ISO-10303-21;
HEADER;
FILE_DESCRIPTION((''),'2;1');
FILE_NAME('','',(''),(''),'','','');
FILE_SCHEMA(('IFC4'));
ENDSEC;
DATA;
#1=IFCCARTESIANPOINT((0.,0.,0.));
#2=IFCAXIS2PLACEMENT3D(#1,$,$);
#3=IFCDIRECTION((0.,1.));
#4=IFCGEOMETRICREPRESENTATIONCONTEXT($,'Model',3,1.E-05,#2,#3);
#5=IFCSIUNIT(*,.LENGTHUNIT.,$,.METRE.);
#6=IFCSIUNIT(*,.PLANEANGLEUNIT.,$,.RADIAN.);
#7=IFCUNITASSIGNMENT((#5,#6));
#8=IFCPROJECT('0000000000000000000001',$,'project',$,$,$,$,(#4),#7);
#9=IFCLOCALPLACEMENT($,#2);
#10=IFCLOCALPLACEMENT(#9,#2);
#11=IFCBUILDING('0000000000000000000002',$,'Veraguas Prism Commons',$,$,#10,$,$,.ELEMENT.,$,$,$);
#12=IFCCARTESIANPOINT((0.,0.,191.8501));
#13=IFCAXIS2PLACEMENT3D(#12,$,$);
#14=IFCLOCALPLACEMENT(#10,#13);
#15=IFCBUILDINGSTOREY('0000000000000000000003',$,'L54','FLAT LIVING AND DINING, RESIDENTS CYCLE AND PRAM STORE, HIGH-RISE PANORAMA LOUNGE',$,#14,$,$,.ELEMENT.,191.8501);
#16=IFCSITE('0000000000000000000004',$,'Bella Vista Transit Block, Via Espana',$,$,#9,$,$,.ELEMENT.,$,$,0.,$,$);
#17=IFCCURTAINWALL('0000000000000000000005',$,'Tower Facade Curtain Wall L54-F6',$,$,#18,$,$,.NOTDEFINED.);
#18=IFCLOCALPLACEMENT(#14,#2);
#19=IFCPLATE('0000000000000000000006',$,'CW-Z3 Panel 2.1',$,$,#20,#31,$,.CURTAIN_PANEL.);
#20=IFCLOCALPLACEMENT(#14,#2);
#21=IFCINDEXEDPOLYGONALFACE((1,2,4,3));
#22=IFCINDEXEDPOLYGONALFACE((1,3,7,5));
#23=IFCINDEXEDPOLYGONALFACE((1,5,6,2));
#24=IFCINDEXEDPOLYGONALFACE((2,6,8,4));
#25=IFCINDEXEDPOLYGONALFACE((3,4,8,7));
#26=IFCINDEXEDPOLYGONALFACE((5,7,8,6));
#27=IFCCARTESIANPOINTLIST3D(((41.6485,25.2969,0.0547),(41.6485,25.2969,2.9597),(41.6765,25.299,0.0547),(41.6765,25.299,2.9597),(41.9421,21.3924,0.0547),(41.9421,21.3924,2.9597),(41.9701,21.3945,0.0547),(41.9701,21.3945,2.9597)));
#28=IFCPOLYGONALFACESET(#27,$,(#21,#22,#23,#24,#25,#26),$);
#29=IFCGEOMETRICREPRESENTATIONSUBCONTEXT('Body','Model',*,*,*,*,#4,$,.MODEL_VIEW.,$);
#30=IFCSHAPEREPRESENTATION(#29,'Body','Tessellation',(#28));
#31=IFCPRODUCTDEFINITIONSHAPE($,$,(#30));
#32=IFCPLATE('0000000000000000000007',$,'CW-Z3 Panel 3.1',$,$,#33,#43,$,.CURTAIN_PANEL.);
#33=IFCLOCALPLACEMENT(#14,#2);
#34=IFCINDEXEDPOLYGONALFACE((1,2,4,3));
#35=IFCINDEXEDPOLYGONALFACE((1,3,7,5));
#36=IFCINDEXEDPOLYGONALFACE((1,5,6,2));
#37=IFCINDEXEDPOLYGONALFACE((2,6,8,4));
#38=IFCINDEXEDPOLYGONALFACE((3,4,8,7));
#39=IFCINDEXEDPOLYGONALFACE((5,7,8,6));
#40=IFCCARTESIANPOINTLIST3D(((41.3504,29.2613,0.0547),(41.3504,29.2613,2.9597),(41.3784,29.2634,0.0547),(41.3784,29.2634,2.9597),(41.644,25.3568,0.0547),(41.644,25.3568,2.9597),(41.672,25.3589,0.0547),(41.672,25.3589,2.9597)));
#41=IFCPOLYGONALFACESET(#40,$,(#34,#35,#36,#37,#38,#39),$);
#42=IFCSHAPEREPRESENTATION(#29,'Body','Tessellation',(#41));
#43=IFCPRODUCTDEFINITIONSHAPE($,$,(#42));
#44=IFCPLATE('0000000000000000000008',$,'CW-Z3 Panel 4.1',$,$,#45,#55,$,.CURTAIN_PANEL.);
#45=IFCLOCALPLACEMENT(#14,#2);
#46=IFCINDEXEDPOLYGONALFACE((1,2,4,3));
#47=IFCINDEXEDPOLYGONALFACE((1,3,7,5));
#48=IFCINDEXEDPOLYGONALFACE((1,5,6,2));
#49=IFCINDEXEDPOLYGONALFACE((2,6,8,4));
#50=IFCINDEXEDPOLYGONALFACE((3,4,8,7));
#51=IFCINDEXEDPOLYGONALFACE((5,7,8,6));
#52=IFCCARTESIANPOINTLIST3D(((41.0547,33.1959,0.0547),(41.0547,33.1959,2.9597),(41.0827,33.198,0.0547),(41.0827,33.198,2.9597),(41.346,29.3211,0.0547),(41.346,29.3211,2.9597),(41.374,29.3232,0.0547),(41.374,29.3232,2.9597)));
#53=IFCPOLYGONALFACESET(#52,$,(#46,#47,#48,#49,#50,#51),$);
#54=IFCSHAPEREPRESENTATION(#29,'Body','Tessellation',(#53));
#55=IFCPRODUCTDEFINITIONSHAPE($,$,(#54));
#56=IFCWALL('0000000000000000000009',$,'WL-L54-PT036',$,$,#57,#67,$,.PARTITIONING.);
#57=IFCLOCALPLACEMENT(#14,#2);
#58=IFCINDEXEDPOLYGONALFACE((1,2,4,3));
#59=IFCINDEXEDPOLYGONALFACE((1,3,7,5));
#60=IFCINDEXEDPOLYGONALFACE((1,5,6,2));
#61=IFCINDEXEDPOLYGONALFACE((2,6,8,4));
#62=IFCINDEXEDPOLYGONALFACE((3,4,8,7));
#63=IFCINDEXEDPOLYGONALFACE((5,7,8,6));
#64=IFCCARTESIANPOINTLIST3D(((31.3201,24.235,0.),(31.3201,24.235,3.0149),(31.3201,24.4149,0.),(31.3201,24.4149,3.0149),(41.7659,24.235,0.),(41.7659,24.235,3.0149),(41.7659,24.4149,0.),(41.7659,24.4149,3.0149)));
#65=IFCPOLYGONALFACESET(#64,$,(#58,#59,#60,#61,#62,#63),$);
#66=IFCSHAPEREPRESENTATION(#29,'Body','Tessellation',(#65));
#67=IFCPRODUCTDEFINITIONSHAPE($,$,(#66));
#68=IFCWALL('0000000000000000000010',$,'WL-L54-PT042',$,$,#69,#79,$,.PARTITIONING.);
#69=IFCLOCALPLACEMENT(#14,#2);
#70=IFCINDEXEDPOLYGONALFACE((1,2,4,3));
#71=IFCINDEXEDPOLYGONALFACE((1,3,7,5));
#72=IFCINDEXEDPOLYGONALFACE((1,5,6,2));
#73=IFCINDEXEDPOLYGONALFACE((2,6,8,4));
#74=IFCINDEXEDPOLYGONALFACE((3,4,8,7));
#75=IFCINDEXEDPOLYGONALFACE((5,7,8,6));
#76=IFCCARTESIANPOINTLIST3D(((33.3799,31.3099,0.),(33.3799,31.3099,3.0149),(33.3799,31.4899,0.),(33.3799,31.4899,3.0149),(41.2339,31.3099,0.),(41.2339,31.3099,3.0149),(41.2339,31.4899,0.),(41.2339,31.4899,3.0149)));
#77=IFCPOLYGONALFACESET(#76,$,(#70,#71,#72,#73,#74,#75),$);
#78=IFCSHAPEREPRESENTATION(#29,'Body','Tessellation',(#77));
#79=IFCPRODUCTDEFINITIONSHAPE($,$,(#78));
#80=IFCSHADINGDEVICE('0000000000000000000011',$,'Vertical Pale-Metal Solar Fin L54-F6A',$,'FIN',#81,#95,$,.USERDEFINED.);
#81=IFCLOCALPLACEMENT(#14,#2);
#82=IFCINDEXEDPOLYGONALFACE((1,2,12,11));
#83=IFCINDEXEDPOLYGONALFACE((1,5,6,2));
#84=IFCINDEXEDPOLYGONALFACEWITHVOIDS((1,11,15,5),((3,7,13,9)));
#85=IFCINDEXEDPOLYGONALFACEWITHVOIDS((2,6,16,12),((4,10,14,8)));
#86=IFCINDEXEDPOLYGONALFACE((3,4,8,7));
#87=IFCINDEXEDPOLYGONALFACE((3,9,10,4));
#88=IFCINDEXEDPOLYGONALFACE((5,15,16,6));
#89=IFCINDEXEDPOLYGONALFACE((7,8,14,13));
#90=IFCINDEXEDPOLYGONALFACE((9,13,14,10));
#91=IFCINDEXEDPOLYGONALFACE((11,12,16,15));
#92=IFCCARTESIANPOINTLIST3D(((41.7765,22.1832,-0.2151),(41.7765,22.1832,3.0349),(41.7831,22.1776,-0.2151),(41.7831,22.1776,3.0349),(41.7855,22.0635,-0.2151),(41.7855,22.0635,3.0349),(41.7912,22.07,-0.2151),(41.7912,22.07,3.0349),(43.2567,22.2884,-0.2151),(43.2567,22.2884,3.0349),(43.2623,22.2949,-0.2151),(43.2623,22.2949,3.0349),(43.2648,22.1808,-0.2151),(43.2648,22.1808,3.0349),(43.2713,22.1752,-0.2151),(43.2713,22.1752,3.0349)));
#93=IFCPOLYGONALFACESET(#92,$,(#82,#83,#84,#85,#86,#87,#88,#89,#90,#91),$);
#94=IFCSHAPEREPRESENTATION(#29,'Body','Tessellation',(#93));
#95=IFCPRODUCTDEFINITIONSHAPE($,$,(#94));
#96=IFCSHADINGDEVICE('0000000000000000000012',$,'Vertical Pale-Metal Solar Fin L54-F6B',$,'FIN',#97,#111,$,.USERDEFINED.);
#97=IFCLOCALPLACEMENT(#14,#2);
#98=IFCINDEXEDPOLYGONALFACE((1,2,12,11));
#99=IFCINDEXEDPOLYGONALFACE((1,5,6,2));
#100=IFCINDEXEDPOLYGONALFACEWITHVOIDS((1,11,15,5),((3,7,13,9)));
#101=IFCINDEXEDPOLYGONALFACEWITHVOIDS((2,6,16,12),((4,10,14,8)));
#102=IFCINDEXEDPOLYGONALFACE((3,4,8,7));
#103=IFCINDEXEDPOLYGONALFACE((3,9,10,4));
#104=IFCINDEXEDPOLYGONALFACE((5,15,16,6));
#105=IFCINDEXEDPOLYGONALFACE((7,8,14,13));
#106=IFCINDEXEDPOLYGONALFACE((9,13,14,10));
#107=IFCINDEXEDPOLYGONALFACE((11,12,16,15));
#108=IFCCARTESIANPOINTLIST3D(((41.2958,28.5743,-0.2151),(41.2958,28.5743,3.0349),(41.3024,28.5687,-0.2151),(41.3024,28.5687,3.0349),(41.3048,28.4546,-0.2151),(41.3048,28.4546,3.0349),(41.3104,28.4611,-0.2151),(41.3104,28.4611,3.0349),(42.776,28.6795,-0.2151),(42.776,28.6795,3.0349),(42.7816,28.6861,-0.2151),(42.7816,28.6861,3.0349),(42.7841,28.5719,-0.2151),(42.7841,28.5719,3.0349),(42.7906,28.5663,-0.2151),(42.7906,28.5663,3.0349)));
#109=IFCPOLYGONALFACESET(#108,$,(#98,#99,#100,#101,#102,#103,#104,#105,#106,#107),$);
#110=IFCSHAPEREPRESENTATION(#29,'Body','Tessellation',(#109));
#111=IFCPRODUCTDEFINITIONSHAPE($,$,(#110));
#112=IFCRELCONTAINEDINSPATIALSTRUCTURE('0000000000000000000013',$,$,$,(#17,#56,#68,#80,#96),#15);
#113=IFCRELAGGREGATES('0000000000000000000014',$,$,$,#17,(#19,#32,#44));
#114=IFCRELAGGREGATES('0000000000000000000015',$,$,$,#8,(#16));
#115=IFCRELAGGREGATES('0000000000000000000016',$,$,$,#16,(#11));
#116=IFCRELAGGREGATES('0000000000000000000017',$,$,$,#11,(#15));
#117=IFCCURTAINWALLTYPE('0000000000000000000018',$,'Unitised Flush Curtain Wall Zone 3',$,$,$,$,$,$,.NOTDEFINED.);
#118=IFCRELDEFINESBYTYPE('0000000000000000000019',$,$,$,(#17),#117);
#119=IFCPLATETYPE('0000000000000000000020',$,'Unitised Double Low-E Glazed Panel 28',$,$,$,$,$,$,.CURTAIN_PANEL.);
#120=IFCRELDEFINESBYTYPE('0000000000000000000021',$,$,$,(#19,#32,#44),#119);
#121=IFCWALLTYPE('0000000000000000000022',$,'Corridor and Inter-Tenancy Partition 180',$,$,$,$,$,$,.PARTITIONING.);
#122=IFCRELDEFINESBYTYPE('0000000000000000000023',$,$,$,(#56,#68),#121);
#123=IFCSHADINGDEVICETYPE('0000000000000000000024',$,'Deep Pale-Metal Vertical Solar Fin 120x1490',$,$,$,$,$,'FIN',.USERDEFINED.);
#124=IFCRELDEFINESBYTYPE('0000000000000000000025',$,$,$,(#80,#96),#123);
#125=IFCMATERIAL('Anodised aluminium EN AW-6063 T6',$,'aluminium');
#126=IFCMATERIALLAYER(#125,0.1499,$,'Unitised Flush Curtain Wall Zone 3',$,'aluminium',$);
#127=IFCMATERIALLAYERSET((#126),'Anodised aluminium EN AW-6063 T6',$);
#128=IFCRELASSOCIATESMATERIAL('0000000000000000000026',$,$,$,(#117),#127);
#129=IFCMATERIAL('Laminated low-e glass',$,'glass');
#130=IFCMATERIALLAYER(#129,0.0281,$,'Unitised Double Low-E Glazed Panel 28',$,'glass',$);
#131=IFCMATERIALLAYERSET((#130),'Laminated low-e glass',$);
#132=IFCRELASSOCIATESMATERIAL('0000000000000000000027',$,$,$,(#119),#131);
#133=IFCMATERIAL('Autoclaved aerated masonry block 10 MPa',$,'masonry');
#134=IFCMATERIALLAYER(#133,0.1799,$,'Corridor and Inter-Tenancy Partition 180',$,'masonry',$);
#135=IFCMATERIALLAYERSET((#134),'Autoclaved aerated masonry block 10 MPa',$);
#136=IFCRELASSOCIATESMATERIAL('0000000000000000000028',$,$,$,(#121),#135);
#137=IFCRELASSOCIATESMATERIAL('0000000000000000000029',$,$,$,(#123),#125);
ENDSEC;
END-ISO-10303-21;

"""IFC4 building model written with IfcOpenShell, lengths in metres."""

from ifc_helpers import new_model, si_unit, direction, frame, frame_2d, origin, origin_2d, place, context, subcontext, project, spatial, rectangle, hollow_rectangle, extrude, source, transform, mapped, material, layer, layer_set, material_profile, profile_set, type_object, element, aggregate, save


model = new_model("IFC4")

# Units and contexts
model_context = context("Model", 3, precision=1e-05, world=origin(), true_north=direction((0.0, 1.0)))
body_context = subcontext(model_context, "Body", "Model", "MODEL_VIEW")
ifc_project = project(units=[si_unit("LENGTHUNIT", "METRE"), si_unit("PLANEANGLEUNIT", "RADIAN")], contexts=[model_context])

# Site, building, storey
site_placement = place(None, origin())
site = spatial("IfcSite", under=ifc_project, at=site_placement, Name="Bella Vista Transit Block, Via Espana", CompositionType="ELEMENT", RefElevation=0.0)
building_placement = place(site_placement, origin())
building = spatial("IfcBuilding", under=site, at=building_placement, Name="Veraguas Prism Commons", CompositionType="ELEMENT")
storey_placement = place(building_placement, frame((0.0, 0.0, 191.8501)))
storey = spatial("IfcBuildingStorey", under=building, at=storey_placement, Name="L54", Description="FLAT LIVING AND DINING, RESIDENTS CYCLE AND PRAM STORE, HIGH-RISE PANORAMA LOUNGE", CompositionType="ELEMENT", Elevation=191.8501)

# Curtain wall, plates
ifc_material_1 = material(Name="Anodised aluminium EN AW-6063 T6", Category="aluminium")
ifc_layer_1 = layer(ifc_material_1, 0.1499, Name="Unitised Flush Curtain Wall Zone 3", Category="aluminium")
ifc_layer_set_1 = layer_set([ifc_layer_1], Name="Anodised aluminium EN AW-6063 T6")
curtain_wall_type = type_object("IfcCurtainWallType", Name="Unitised Flush Curtain Wall Zone 3", PredefinedType="NOTDEFINED", material=ifc_layer_set_1)
curtain_wall_placement = place(storey_placement, origin())
curtain_wall = element("IfcCurtainWall", 1, at=curtain_wall_placement, inside=storey, type_object=curtain_wall_type, Name="Tower Facade Curtain Wall L54-F6", PredefinedType="NOTDEFINED")
ifc_material_2 = material(Name="Laminated low-e glass", Category="glass")
ifc_layer_2 = layer(ifc_material_2, 0.0281, Name="Unitised Double Low-E Glazed Panel 28", Category="glass")
ifc_layer_set_2 = layer_set([ifc_layer_2], Name="Laminated low-e glass")
plate_type = type_object("IfcPlateType", Name="Unitised Double Low-E Glazed Panel 28", PredefinedType="CURTAIN_PANEL", material=ifc_layer_set_2)
shared_shape_1 = source(origin(), body_context, "Body", "SweptSolid", [
    extrude(rectangle(XDim=3.9155, YDim=0.0281, at=origin_2d()), origin(), (0.0, 0.0, 1.0), 2.905),
])
plate_1_placement = place(storey_placement, frame((41.8093, 23.3457, 0.0547), z_axis=(0.0, 0.0, 1.0), x_axis=(-0.074975, 0.997185, 0.0)))
plate_1 = element("IfcPlate", 2, at=plate_1_placement, type_object=plate_type, Name="CW-Z3 Panel 2.1", PredefinedType="CURTAIN_PANEL", context=body_context, shape_type="MappedRepresentation", body=[
    mapped(shared_shape_1, transform((0.0, 0.0, 0.0), scale=1.0)),
])
plate_2_placement = place(storey_placement, frame((41.5112, 27.3101, 0.0547), z_axis=(0.0, 0.0, 1.0), x_axis=(-0.074975, 0.997185, 0.0)))
plate_2 = element("IfcPlate", 3, at=plate_2_placement, type_object=plate_type, Name="CW-Z3 Panel 3.1", PredefinedType="CURTAIN_PANEL", context=body_context, shape_type="MappedRepresentation", body=[
    mapped(shared_shape_1, transform((0.0, 0.0, 0.0), scale=1.0)),
])
shared_shape_2 = source(origin(), body_context, "Body", "SweptSolid", [
    extrude(rectangle(XDim=3.8857, YDim=0.0281, at=origin_2d()), origin(), (0.0, 0.0, 1.0), 2.905),
])
plate_3_placement = place(storey_placement, frame((41.2144, 31.2595, 0.0547), z_axis=(0.0, 0.0, 1.0), x_axis=(-0.074975, 0.997185, 0.0)))
plate_3 = element("IfcPlate", 4, at=plate_3_placement, type_object=plate_type, Name="CW-Z3 Panel 4.1", PredefinedType="CURTAIN_PANEL", context=body_context, shape_type="MappedRepresentation", body=[
    mapped(shared_shape_2, transform((0.0, 0.0, 0.0), scale=1.0)),
])
aggregate(curtain_wall, [plate_1, plate_2, plate_3])

# Walls
ifc_material_3 = material(Name="Autoclaved aerated masonry block 10 MPa", Category="masonry")
ifc_layer_3 = layer(ifc_material_3, 0.1799, Name="Corridor and Inter-Tenancy Partition 180", Category="masonry")
ifc_layer_set_3 = layer_set([ifc_layer_3], Name="Autoclaved aerated masonry block 10 MPa")
wall_type = type_object("IfcWallType", Name="Corridor and Inter-Tenancy Partition 180", PredefinedType="PARTITIONING", material=ifc_layer_set_3)
wall_1_placement = place(storey_placement, frame((31.3201, 24.325, 0.0), z_axis=(0.0, 0.0, 1.0), x_axis=(1.0, 0.0, 0.0)))
element("IfcWall", 5, at=wall_1_placement, inside=storey, type_object=wall_type, Name="WL-L54-PT036", PredefinedType="PARTITIONING", context=body_context, shape_type="SweptSolid", body=[
    extrude(rectangle(XDim=10.4458, YDim=0.1799, at=frame_2d((5.2229, 0.0))), origin(), (0.0, 0.0, 1.0), 3.0149),
])
wall_2_placement = place(storey_placement, frame((33.3799, 31.3999, 0.0), z_axis=(0.0, 0.0, 1.0), x_axis=(1.0, 0.0, 0.0)))
element("IfcWall", 6, at=wall_2_placement, inside=storey, type_object=wall_type, Name="WL-L54-PT042", PredefinedType="PARTITIONING", context=body_context, shape_type="SweptSolid", body=[
    extrude(rectangle(XDim=7.854, YDim=0.1799, at=frame_2d((3.927, 0.0))), origin(), (0.0, 0.0, 1.0), 3.0149),
])

# Shading devices
ifc_material_profile_1 = material_profile(ifc_material_1, hollow_rectangle(XDim=0.1201, YDim=1.49, WallThickness=0.0061, at=origin_2d()), Name="FIN120X1490X6")
ifc_profile_set_1 = profile_set([ifc_material_profile_1], Name="Anodised aluminium EN AW-6063 T6")
shading_device_type = type_object("IfcShadingDeviceType", Name="Deep Pale-Metal Vertical Solar Fin 120x1490", ElementType="FIN", PredefinedType="USERDEFINED", material=ifc_profile_set_1)
for number, where, z_axis, x_axis, name in (
    (7, (42.5239, 22.1792, -0.2151), (0.0, 0.0, 1.0), (-0.074975, 0.997185, 0.0), "Vertical Pale-Metal Solar Fin L54-F6A"),
    (8, (42.0432, 28.5703, -0.2151), (0.0, 0.0, 1.0), (-0.074975, 0.997185, 0.0), "Vertical Pale-Metal Solar Fin L54-F6B"),
):
    element("IfcShadingDevice", number, at=place(storey_placement, frame(where, z_axis=z_axis, x_axis=x_axis)), inside=storey, type_object=shading_device_type, Name=name, ObjectType="FIN", PredefinedType="USERDEFINED", context=body_context, shape_type="SweptSolid", body=[
        extrude(hollow_rectangle(XDim=0.1201, YDim=1.49, WallThickness=0.0061, at=origin_2d()), origin(), (0.0, 0.0, 1.0), 3.25),
    ])

save(model, "model.ifc")
